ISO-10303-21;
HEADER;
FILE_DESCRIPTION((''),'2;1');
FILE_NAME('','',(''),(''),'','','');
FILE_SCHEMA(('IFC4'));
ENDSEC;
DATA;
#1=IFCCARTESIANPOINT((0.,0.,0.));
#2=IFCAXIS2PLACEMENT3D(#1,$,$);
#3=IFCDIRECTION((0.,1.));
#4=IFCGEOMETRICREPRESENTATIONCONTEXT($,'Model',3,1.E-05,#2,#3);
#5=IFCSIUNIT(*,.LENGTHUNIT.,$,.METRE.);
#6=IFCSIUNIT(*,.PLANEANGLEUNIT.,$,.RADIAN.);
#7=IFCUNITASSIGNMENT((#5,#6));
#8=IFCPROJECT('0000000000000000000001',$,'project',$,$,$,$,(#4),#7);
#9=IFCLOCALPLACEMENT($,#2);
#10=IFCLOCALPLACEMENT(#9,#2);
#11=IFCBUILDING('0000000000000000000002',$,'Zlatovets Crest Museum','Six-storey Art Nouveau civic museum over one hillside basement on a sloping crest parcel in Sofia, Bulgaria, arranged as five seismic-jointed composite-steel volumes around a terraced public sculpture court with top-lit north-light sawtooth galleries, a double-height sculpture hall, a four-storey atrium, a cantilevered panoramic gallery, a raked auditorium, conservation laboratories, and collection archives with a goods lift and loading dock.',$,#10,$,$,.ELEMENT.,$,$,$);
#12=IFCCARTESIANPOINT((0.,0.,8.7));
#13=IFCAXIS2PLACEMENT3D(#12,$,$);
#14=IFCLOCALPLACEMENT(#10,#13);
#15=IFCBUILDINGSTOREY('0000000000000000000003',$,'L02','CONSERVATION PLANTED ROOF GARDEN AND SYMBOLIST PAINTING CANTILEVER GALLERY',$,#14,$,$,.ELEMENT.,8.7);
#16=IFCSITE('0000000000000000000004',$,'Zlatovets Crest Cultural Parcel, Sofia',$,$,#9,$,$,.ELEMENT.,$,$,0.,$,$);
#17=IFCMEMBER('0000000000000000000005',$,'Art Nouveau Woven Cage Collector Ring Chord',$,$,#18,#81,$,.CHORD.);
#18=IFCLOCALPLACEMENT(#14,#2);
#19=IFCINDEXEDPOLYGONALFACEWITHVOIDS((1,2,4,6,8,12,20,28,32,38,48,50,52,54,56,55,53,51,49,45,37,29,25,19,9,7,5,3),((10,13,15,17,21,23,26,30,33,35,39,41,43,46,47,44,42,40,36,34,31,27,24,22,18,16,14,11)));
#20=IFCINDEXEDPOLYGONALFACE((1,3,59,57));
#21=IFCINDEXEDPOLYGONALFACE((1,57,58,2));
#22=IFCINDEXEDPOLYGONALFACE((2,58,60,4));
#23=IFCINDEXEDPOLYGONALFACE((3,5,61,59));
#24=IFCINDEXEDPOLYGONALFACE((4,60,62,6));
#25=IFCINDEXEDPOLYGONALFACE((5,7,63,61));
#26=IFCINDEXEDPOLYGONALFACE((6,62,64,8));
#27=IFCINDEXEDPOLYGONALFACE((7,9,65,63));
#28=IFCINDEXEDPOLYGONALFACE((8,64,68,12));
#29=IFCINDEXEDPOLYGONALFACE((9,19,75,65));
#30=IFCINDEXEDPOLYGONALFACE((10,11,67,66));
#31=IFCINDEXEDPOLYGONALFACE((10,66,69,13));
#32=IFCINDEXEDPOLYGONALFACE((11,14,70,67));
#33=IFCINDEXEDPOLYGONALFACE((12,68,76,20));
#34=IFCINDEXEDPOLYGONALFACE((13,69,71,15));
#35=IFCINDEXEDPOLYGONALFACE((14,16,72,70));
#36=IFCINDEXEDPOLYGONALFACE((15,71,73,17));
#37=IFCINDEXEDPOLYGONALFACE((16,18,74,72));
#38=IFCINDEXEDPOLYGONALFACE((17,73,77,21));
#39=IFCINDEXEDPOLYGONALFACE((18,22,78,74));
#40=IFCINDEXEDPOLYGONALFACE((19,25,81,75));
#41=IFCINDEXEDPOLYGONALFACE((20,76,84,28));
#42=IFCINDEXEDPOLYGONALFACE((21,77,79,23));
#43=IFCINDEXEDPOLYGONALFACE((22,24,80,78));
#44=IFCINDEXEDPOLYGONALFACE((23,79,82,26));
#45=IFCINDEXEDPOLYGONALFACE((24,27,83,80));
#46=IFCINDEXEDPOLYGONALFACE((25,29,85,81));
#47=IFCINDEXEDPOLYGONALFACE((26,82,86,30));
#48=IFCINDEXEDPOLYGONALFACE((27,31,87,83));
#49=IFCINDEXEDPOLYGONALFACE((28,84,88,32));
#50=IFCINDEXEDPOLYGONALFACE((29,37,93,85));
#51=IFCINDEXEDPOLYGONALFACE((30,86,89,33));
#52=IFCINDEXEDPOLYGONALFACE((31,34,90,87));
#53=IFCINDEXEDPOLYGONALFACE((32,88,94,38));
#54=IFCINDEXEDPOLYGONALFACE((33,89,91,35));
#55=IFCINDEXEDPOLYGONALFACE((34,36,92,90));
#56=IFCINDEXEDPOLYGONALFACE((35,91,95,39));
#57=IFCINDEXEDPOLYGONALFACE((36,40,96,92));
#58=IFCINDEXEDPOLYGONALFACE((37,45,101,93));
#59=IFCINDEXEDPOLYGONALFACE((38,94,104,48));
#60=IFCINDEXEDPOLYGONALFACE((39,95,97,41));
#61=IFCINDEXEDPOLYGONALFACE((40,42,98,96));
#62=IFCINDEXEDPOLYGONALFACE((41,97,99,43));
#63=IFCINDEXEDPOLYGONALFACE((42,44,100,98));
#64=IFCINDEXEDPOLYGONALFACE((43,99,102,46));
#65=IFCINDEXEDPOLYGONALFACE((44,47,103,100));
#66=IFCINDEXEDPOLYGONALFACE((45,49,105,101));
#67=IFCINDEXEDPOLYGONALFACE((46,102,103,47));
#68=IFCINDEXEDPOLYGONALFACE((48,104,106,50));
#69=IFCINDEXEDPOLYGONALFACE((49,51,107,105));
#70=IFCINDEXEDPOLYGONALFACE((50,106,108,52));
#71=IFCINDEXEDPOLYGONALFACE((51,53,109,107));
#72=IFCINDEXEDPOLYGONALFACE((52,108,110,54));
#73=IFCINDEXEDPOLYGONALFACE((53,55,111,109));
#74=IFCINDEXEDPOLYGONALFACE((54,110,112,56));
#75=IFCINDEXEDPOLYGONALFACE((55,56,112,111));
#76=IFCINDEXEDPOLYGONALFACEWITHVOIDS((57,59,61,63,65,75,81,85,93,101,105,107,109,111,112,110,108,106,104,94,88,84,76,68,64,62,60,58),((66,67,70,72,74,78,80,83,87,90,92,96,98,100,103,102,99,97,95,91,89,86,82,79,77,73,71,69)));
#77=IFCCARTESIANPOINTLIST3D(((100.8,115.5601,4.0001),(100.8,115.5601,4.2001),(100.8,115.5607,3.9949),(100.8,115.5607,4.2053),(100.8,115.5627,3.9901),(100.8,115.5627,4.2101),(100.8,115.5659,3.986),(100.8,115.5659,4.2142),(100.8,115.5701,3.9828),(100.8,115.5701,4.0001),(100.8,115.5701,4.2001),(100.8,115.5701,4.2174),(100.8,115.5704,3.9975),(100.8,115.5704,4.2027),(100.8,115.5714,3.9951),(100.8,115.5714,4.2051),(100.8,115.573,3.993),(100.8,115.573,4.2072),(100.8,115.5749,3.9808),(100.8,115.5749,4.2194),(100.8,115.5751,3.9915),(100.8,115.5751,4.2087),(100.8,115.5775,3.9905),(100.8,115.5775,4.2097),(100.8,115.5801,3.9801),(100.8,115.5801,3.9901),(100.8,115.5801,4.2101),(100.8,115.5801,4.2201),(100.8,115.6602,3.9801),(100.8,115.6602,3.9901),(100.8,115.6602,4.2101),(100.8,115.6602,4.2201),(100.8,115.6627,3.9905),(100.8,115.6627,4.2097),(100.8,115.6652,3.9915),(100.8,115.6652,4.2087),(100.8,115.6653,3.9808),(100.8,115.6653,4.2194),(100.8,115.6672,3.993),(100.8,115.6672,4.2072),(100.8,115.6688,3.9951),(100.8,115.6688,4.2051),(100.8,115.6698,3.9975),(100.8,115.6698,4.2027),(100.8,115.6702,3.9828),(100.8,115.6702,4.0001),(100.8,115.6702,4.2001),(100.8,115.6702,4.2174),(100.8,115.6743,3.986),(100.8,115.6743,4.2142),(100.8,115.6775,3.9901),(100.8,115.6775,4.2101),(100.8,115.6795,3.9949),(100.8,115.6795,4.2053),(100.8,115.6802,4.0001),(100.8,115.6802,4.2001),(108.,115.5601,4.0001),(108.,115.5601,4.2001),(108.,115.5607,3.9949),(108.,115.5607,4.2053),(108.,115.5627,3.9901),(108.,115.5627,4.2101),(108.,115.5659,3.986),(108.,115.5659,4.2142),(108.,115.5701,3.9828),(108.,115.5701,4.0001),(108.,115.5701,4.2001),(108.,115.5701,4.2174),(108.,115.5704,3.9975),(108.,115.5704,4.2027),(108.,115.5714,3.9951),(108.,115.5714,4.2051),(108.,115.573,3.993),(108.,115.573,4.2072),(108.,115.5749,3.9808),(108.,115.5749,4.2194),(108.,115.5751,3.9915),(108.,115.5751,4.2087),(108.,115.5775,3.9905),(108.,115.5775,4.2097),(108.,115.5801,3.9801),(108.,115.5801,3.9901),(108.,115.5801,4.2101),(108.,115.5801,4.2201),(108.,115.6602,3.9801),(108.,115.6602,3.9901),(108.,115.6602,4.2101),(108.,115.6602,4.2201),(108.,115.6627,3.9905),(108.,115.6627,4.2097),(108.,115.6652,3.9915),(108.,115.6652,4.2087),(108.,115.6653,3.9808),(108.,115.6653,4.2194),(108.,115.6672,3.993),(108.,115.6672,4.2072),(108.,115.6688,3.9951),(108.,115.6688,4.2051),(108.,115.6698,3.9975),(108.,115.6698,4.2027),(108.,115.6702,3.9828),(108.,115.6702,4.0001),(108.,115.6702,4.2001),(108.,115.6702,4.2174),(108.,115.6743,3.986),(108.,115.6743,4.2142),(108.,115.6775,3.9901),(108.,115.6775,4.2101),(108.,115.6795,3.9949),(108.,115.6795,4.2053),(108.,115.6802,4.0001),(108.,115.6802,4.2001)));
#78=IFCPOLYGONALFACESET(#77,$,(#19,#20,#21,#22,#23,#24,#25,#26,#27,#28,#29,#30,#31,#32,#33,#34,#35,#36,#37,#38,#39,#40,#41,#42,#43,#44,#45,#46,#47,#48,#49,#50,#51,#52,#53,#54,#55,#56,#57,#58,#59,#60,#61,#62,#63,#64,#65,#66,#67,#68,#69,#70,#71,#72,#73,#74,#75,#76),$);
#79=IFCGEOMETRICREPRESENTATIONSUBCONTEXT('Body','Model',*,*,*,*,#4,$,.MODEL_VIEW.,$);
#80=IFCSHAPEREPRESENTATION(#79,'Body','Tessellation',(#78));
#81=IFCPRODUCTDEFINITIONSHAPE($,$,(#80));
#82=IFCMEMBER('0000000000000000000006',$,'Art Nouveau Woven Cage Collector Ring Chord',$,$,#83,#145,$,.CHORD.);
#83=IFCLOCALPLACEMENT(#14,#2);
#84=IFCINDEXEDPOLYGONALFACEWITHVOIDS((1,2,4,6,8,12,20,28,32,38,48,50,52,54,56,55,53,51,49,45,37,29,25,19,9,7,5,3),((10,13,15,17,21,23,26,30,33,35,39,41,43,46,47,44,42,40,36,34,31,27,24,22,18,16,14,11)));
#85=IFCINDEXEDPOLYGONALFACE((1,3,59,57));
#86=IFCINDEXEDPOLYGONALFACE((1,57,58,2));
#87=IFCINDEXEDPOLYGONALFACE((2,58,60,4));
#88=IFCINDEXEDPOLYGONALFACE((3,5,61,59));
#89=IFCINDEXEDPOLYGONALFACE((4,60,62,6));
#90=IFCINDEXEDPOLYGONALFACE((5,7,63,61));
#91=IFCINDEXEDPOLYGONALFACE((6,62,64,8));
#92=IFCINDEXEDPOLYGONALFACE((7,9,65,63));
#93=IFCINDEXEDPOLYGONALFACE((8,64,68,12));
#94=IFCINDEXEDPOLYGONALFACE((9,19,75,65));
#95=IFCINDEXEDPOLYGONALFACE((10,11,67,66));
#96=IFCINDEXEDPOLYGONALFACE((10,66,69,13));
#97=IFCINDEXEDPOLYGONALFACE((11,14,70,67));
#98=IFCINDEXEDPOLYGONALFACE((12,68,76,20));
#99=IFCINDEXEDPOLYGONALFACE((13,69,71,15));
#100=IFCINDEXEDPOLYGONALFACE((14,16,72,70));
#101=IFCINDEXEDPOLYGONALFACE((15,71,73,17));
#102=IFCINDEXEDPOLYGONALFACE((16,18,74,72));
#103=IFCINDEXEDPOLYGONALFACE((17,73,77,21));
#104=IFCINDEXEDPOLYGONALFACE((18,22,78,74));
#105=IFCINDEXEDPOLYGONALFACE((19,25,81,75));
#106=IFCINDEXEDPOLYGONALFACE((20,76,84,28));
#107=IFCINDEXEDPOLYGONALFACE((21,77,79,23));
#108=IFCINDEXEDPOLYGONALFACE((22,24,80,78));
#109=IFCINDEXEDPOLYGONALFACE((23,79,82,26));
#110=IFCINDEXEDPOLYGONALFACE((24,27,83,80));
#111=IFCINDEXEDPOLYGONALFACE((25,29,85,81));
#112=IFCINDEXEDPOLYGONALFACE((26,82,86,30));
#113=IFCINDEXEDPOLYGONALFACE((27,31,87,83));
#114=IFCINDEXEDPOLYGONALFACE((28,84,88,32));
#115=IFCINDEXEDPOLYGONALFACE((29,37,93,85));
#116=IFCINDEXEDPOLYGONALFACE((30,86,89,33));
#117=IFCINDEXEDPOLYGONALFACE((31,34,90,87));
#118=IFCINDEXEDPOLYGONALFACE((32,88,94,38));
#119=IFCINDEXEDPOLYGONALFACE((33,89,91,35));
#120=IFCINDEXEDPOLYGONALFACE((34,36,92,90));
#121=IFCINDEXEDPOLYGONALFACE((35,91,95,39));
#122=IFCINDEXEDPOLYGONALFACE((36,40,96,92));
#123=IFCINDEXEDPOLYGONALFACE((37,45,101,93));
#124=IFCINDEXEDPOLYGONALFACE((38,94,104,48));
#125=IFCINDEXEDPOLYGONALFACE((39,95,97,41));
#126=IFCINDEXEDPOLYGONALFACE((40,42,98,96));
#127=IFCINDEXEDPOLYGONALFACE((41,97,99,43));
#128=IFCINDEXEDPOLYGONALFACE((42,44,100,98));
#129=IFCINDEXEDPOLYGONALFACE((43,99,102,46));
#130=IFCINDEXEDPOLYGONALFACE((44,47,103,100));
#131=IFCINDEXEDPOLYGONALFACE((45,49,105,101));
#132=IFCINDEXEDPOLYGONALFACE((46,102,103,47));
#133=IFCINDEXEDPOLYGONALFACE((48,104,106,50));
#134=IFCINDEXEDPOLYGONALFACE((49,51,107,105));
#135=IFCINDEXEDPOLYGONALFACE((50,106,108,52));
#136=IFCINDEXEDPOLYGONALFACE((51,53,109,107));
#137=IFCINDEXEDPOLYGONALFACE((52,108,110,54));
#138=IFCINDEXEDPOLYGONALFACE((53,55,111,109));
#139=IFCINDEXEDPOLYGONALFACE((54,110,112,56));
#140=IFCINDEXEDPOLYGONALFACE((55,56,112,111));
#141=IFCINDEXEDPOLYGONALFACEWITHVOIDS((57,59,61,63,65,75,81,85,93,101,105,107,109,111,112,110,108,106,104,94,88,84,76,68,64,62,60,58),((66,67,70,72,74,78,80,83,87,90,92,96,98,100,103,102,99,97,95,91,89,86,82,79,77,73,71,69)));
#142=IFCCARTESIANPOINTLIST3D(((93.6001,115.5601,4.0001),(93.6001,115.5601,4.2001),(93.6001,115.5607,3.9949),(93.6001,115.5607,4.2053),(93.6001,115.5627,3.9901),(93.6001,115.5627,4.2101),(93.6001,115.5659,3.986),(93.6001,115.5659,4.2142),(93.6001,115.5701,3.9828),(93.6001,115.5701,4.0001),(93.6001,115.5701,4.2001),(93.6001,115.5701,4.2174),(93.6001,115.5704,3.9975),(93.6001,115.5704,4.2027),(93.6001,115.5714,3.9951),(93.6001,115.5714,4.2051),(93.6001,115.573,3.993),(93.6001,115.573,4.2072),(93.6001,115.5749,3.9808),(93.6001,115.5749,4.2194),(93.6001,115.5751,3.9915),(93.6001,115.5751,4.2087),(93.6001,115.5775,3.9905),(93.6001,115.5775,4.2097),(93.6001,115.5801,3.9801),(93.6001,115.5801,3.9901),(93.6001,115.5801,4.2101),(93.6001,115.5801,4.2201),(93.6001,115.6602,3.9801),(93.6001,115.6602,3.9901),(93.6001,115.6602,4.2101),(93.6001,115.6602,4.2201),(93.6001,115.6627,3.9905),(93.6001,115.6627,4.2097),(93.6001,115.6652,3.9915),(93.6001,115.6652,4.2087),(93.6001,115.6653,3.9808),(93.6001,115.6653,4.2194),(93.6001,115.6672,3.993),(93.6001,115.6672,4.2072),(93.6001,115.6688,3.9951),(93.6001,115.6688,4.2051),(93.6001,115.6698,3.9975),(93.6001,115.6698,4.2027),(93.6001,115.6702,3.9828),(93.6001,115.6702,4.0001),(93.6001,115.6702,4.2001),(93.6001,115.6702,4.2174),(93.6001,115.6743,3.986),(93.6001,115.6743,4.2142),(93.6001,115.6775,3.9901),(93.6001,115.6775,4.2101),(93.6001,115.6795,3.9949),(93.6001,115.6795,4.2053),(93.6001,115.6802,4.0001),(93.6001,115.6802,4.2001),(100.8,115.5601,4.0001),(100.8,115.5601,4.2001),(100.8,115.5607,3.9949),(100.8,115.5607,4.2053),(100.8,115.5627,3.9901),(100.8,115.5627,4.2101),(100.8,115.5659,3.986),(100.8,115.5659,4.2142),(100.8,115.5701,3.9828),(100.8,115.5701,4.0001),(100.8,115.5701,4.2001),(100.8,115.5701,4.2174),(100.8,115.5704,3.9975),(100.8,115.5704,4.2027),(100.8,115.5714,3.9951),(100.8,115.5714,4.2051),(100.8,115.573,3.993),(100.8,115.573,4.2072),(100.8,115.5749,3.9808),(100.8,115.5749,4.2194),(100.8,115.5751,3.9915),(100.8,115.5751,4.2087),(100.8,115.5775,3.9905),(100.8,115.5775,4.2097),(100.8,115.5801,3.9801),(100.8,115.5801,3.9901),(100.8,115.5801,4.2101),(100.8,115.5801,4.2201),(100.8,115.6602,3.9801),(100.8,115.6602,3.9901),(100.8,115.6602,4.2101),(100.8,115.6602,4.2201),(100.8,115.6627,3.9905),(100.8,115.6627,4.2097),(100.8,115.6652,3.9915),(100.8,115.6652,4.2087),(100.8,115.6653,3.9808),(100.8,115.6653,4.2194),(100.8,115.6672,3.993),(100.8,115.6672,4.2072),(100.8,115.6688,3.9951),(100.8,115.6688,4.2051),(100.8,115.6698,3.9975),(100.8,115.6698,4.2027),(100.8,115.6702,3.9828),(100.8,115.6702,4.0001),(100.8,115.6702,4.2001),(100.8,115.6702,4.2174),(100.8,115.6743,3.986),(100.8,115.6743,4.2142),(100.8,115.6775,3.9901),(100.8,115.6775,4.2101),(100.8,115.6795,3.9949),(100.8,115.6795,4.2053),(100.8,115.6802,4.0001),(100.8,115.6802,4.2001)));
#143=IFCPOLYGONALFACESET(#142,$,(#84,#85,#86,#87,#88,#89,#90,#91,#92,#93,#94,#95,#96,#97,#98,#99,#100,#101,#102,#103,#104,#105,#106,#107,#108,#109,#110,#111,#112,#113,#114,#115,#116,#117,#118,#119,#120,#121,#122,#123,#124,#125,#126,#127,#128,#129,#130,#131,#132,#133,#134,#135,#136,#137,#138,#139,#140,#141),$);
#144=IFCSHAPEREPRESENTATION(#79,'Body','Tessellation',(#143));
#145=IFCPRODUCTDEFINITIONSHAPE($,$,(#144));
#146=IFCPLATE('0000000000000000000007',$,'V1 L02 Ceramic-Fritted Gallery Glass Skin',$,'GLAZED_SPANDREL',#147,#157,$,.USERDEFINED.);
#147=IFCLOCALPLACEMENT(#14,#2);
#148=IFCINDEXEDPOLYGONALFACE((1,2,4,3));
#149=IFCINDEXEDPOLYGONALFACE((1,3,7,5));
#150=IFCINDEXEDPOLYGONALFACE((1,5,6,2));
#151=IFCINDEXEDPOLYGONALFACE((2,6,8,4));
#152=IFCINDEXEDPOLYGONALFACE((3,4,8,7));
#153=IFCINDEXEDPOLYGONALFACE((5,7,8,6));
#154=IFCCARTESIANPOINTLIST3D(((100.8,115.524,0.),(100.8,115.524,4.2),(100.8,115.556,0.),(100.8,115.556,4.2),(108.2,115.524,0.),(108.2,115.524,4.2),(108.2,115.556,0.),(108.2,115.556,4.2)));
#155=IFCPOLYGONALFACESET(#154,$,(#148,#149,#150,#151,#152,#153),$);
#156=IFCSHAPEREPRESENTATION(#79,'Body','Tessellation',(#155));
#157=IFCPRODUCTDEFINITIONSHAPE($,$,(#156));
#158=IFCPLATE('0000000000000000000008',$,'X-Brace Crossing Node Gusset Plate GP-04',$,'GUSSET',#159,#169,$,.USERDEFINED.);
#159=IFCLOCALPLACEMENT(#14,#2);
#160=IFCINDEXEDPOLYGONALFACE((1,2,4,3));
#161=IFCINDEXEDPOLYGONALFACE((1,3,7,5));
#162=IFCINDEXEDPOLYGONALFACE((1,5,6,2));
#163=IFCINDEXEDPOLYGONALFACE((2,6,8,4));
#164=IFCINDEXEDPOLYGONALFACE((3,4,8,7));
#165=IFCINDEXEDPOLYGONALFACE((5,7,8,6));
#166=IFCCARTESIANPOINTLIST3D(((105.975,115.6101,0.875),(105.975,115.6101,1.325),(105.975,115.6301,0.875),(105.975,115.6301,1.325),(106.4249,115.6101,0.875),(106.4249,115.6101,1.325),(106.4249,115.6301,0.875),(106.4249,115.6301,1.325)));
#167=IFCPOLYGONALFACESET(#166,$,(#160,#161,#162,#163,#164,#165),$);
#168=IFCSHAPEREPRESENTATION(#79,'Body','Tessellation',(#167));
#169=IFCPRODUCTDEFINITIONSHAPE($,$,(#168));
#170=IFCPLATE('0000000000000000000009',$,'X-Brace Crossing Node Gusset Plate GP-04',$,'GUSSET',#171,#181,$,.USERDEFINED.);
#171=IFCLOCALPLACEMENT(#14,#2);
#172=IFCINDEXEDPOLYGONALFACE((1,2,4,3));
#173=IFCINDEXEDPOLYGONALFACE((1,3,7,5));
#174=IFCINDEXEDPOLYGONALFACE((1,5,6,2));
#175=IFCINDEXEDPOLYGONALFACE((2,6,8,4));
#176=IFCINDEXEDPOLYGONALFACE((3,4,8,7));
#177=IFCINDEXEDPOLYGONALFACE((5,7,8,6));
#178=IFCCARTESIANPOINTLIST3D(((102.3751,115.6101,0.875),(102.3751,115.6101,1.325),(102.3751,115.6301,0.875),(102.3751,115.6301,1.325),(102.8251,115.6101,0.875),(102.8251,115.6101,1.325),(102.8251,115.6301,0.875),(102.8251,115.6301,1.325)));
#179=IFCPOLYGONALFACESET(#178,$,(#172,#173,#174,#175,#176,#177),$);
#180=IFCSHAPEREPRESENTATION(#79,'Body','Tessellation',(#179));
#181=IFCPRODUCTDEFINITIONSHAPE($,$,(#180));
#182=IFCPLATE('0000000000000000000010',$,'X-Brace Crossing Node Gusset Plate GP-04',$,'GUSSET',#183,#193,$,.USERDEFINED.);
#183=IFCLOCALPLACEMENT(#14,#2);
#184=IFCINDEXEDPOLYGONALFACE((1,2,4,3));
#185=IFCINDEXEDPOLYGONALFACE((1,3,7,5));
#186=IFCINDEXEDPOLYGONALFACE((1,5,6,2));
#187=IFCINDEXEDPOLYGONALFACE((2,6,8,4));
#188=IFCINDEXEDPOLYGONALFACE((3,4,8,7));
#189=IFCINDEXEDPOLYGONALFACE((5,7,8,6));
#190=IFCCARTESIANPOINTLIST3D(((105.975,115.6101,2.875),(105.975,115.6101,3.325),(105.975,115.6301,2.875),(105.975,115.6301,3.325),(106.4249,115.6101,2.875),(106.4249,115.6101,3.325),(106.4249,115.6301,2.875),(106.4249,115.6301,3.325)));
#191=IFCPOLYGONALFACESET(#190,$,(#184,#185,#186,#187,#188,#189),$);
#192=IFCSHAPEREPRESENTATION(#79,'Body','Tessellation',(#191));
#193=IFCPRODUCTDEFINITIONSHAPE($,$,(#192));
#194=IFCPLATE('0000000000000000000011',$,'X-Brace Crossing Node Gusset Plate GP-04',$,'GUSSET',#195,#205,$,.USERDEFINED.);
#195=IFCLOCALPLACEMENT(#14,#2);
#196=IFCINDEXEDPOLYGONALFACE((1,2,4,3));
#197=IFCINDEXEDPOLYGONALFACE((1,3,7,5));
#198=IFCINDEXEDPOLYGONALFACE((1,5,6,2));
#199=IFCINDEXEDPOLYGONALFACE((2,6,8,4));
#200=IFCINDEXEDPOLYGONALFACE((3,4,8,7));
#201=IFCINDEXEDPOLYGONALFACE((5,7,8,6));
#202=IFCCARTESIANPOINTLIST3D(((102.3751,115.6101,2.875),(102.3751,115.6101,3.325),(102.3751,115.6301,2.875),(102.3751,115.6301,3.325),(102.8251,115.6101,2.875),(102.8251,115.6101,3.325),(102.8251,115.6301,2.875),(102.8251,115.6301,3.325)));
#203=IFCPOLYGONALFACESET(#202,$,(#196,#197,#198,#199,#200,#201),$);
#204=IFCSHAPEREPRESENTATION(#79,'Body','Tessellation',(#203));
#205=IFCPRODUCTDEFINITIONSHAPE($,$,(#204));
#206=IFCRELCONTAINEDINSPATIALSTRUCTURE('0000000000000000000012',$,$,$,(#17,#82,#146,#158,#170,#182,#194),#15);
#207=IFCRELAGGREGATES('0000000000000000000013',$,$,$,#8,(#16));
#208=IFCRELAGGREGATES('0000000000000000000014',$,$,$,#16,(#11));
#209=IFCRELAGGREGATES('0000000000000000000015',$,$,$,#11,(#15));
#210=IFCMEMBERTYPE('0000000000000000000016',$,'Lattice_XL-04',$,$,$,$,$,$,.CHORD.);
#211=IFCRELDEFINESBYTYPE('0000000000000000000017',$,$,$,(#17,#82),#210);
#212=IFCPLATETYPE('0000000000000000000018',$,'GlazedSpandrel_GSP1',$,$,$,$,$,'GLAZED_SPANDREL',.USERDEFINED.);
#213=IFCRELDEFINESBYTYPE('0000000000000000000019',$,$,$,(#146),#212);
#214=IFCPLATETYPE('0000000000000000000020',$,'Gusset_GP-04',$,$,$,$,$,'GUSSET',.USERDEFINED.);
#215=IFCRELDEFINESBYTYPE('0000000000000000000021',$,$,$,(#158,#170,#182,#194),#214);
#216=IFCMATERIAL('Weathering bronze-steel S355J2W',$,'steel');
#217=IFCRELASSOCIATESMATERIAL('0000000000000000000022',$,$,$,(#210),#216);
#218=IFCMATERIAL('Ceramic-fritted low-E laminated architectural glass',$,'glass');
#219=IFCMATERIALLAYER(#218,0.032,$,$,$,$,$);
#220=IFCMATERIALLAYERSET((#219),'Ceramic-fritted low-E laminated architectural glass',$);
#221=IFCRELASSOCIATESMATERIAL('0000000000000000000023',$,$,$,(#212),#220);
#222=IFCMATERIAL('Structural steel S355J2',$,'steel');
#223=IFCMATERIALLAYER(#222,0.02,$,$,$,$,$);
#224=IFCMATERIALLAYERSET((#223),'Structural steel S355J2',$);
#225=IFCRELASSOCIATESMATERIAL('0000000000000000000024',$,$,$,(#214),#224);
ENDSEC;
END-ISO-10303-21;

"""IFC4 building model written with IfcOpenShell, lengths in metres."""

from ifc_helpers import new_model, si_unit, direction, frame, origin, origin_2d, place, context, subcontext, project, spatial, rectangle, hollow_rectangle, extrude, material, layer, layer_set, material_profile, profile_set, type_object, element, save


model = new_model("IFC4")

# Units and contexts
model_context = context("Model", 3, precision=1e-05, world=origin(), true_north=direction((0.0, 1.0)))
body_context = subcontext(model_context, "Body", "Model", "MODEL_VIEW")
ifc_project = project(units=[si_unit("LENGTHUNIT", "METRE"), si_unit("PLANEANGLEUNIT", "RADIAN")], contexts=[model_context])

# Site, building, storey
site_placement = place(None, origin())
site = spatial("IfcSite", under=ifc_project, at=site_placement, Name="Zlatovets Crest Cultural Parcel, Sofia", CompositionType="ELEMENT", RefElevation=0.0)
building_placement = place(site_placement, origin())
building = spatial("IfcBuilding", under=site, at=building_placement, Name="Zlatovets Crest Museum", Description="Six-storey Art Nouveau civic museum over one hillside basement on a sloping crest parcel in Sofia, Bulgaria, arranged as five seismic-jointed composite-steel volumes around a terraced public sculpture court with top-lit north-light sawtooth galleries, a double-height sculpture hall, a four-storey atrium, a cantilevered panoramic gallery, a raked auditorium, conservation laboratories, and collection archives with a goods lift and loading dock.", CompositionType="ELEMENT")
storey_placement = place(building_placement, frame((0.0, 0.0, 8.7)))
storey = spatial("IfcBuildingStorey", under=building, at=storey_placement, Name="L02", Description="CONSERVATION PLANTED ROOF GARDEN AND SYMBOLIST PAINTING CANTILEVER GALLERY", CompositionType="ELEMENT", Elevation=8.7)

# Shared definitions
ifc_material_1 = material(Name="Structural steel S355J2", Category="steel")

# Members
ifc_material_2 = material(Name="Weathering bronze-steel S355J2W", Category="steel")
ifc_material_profile_1 = material_profile(ifc_material_2, hollow_rectangle(XDim=0.1201, YDim=0.24, WallThickness=0.01, InnerFilletRadius=0.01, OuterFilletRadius=0.02, at=origin_2d()), Name="RHS 120x240x10.0")
ifc_profile_set_1 = profile_set([ifc_material_profile_1], Name="Weathering bronze-steel S355J2W")
member_type_1 = type_object("IfcMemberType", Name="Lattice_XL-04", PredefinedType="CHORD", material=ifc_profile_set_1)
for number, where, z_axis, x_axis, name in (
    (1, (108.0, 115.6201, 4.1001), (-1.0, 0.0, 0.0), (0.0, -1.0, 0.0), "Art Nouveau Woven Cage Collector Ring Chord"),
    (2, (100.8, 115.6201, 4.1001), (-1.0, 0.0, 0.0), (0.0, -1.0, 0.0), "Art Nouveau Woven Cage Collector Ring Chord"),
):
    element("IfcMember", number, at=place(storey_placement, frame(where, z_axis=z_axis, x_axis=x_axis)), inside=storey, type_object=member_type_1, Name=name, PredefinedType="CHORD", context=body_context, shape_type="SweptSolid", body=[
        extrude(hollow_rectangle(XDim=0.1201, YDim=0.24, WallThickness=0.01, InnerFilletRadius=0.01, OuterFilletRadius=0.02, at=origin_2d()), origin(), (0.0, 0.0, 1.0), 7.2),
    ])

# Plates
ifc_material_3 = material(Name="Ceramic-fritted low-E laminated architectural glass", Category="glass")
ifc_layer_1 = layer(ifc_material_3, 0.032)
ifc_layer_set_1 = layer_set([ifc_layer_1], Name="Ceramic-fritted low-E laminated architectural glass")
plate_type_1 = type_object("IfcPlateType", Name="GlazedSpandrel_GSP1", ElementType="GLAZED_SPANDREL", PredefinedType="USERDEFINED", material=ifc_layer_set_1)
plate_placement = place(storey_placement, frame((104.5, 115.54, 0.0), z_axis=(0.0, 0.0, 1.0), x_axis=(1.0, 0.0, 0.0)))
element("IfcPlate", 3, at=plate_placement, inside=storey, type_object=plate_type_1, Name="V1 L02 Ceramic-Fritted Gallery Glass Skin", ObjectType="GLAZED_SPANDREL", PredefinedType="USERDEFINED", context=body_context, shape_type="SweptSolid", body=[
    extrude(rectangle(XDim=7.3999, YDim=0.032, at=origin_2d()), origin(), (0.0, 0.0, 1.0), 4.2),
])
ifc_layer_2 = layer(ifc_material_1, 0.02)
ifc_layer_set_2 = layer_set([ifc_layer_2], Name="Structural steel S355J2")
plate_type_2 = type_object("IfcPlateType", Name="Gusset_GP-04", ElementType="GUSSET", PredefinedType="USERDEFINED", material=ifc_layer_set_2)
for number, where, z_axis, x_axis, name in (
    (4, (106.2, 115.6201, 0.875), (0.0, 0.0, 1.0), (1.0, 0.0, 0.0), "X-Brace Crossing Node Gusset Plate GP-04"),
    (5, (102.6001, 115.6201, 0.875), (0.0, 0.0, 1.0), (1.0, 0.0, 0.0), "X-Brace Crossing Node Gusset Plate GP-04"),
    (6, (106.2, 115.6201, 2.875), (0.0, 0.0, 1.0), (1.0, 0.0, 0.0), "X-Brace Crossing Node Gusset Plate GP-04"),
    (7, (102.6001, 115.6201, 2.875), (0.0, 0.0, 1.0), (1.0, 0.0, 0.0), "X-Brace Crossing Node Gusset Plate GP-04"),
):
    element("IfcPlate", number, at=place(storey_placement, frame(where, z_axis=z_axis, x_axis=x_axis)), inside=storey, type_object=plate_type_2, Name=name, ObjectType="GUSSET", PredefinedType="USERDEFINED", context=body_context, shape_type="SweptSolid", body=[
        extrude(rectangle(XDim=0.45, YDim=0.02, at=origin_2d()), origin(), (0.0, 0.0, 1.0), 0.45),
    ])

save(model, "model.ifc")
